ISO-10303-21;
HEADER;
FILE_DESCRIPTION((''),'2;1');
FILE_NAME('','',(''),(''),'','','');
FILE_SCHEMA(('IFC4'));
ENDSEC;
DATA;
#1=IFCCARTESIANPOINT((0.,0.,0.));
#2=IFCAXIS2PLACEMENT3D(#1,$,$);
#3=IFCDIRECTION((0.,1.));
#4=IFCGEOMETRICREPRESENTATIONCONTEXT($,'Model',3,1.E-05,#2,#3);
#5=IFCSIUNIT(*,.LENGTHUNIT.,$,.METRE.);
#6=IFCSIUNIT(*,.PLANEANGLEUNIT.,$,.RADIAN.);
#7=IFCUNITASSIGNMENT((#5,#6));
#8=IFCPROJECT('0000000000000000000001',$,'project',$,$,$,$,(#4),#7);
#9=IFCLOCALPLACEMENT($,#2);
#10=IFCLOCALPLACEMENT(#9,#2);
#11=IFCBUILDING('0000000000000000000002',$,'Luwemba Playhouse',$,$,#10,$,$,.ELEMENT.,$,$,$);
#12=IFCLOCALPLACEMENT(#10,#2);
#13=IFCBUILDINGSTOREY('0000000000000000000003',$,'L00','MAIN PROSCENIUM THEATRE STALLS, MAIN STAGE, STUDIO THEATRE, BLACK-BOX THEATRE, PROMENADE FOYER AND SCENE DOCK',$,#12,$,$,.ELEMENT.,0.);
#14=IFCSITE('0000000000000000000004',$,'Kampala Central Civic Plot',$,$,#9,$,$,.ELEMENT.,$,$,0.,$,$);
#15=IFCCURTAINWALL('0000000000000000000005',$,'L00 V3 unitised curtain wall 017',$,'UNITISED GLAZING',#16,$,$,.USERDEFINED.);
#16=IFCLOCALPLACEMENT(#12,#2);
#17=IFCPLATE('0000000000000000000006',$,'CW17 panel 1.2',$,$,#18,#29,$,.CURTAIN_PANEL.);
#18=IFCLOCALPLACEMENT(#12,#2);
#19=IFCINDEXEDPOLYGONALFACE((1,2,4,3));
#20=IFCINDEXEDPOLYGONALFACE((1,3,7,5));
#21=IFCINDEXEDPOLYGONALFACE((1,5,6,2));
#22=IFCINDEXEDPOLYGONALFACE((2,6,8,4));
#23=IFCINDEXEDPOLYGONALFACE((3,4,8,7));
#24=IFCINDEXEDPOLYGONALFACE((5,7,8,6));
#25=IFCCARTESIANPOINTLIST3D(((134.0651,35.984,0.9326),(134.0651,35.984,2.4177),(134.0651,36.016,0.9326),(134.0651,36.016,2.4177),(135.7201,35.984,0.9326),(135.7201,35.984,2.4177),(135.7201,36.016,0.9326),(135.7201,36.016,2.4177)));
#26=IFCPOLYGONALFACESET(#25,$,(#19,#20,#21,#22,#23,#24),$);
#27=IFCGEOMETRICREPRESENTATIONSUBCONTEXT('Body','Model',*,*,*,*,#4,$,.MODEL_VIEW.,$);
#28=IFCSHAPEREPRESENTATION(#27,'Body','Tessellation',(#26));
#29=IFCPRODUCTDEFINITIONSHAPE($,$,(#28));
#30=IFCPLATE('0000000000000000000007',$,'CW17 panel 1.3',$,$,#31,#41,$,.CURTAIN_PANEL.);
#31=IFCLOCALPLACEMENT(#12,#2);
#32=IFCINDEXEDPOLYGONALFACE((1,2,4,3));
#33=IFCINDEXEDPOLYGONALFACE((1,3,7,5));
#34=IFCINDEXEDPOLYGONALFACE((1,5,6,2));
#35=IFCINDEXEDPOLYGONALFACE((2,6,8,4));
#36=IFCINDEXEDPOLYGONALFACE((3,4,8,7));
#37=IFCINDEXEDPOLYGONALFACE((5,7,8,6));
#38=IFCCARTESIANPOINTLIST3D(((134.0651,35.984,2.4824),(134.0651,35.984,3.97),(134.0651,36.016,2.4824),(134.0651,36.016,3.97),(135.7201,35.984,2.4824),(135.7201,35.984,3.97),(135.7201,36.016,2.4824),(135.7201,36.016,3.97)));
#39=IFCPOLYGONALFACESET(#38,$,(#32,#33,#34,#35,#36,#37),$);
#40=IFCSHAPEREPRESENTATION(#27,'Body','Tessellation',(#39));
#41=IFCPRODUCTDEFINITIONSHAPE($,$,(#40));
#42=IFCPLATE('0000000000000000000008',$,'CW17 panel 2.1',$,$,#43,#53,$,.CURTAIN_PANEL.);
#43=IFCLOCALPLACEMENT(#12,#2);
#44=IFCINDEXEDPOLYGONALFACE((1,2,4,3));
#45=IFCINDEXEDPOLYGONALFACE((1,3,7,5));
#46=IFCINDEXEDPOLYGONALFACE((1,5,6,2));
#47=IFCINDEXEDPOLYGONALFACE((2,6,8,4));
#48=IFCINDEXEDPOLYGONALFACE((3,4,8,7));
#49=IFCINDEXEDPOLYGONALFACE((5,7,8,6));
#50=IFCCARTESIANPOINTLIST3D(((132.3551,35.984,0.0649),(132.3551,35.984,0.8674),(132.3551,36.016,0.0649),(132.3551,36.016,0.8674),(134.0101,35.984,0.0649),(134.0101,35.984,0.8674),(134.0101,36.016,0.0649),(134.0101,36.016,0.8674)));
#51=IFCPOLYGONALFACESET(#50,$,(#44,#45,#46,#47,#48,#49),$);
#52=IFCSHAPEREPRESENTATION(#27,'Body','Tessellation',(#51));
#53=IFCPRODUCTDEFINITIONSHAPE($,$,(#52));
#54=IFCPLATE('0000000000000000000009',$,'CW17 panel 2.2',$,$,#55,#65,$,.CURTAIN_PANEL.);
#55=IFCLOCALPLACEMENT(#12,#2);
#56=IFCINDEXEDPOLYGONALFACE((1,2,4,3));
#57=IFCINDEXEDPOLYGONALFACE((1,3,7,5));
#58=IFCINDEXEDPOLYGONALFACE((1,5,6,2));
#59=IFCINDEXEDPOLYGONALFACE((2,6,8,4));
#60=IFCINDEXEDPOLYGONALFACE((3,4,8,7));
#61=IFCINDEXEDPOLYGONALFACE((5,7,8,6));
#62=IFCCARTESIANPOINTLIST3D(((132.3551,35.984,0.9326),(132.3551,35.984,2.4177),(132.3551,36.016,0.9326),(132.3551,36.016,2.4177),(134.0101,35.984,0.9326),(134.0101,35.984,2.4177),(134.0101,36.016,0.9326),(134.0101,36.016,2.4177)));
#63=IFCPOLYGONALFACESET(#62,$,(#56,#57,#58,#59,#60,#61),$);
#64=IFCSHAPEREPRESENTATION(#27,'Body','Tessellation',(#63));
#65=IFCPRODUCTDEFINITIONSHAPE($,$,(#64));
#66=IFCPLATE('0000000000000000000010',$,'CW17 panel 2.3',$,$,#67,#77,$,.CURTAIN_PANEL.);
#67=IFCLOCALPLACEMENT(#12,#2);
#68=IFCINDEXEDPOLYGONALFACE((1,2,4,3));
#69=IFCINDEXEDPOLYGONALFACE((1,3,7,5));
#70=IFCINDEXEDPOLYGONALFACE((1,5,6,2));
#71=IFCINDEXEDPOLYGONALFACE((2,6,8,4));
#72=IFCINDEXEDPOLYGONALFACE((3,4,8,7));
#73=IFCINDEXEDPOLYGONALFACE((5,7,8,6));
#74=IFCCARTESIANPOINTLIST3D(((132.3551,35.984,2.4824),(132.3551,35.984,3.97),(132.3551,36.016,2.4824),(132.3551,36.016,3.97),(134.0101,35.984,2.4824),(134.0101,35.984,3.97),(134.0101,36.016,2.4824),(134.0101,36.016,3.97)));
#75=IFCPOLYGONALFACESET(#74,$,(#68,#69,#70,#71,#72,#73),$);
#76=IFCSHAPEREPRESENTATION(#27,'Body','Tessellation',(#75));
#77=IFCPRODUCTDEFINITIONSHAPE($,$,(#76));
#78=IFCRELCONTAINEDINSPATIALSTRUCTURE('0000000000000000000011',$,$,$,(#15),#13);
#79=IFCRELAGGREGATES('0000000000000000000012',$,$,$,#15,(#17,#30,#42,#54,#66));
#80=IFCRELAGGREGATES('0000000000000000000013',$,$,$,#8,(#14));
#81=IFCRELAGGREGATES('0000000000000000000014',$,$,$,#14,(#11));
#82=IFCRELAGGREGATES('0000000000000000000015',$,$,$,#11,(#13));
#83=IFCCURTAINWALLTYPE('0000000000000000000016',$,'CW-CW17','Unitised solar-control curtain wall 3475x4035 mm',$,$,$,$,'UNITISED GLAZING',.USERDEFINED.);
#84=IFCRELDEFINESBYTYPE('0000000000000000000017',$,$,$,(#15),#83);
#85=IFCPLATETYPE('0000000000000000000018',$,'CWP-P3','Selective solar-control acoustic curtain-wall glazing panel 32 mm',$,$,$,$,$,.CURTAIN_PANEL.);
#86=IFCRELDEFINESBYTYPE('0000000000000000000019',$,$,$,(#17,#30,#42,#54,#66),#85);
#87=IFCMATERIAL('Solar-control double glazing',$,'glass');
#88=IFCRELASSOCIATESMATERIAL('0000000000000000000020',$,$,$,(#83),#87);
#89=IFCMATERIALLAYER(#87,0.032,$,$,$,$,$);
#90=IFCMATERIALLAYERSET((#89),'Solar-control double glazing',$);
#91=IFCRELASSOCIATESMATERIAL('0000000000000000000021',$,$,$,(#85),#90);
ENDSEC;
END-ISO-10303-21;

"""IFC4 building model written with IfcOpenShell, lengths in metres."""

from ifc_helpers import new_model, si_unit, direction, frame, origin, origin_2d, place, context, subcontext, project, spatial, rectangle, extrude, material, layer, layer_set, type_object, element, aggregate, save


model = new_model("IFC4")

# Units and contexts
model_context = context("Model", 3, precision=1e-05, world=origin(), true_north=direction((0.0, 1.0)))
body_context = subcontext(model_context, "Body", "Model", "MODEL_VIEW")
ifc_project = project(units=[si_unit("LENGTHUNIT", "METRE"), si_unit("PLANEANGLEUNIT", "RADIAN")], contexts=[model_context])

# Site, building, storey
site_placement = place(None, origin())
site = spatial("IfcSite", under=ifc_project, at=site_placement, Name="Kampala Central Civic Plot", CompositionType="ELEMENT", RefElevation=0.0)
building_placement = place(site_placement, origin())
building = spatial("IfcBuilding", under=site, at=building_placement, Name="Luwemba Playhouse", CompositionType="ELEMENT")
storey_placement = place(building_placement, origin())
storey = spatial("IfcBuildingStorey", under=building, at=storey_placement, Name="L00", Description="MAIN PROSCENIUM THEATRE STALLS, MAIN STAGE, STUDIO THEATRE, BLACK-BOX THEATRE, PROMENADE FOYER AND SCENE DOCK", CompositionType="ELEMENT", Elevation=0.0)

# Shared definitions
ifc_material_1 = material(Name="Solar-control double glazing", Category="glass")

# Curtain wall
curtain_wall_type_1 = type_object("IfcCurtainWallType", Name="CW-CW17", Description="Unitised solar-control curtain wall 3475x4035 mm", ElementType="UNITISED GLAZING", PredefinedType="USERDEFINED", material=ifc_material_1)
curtain_wall_1_placement = place(storey_placement, origin())
curtain_wall_1 = element("IfcCurtainWall", 1, at=curtain_wall_1_placement, inside=storey, type_object=curtain_wall_type_1, Name="L00 V3 unitised curtain wall 017", ObjectType="UNITISED GLAZING", PredefinedType="USERDEFINED")

# Plates
ifc_layer_1 = layer(ifc_material_1, 0.032)
ifc_layer_set_1 = layer_set([ifc_layer_1], Name="Solar-control double glazing")
plate_type_1 = type_object("IfcPlateType", Name="CWP-P3", Description="Selective solar-control acoustic curtain-wall glazing panel 32 mm", PredefinedType="CURTAIN_PANEL", material=ifc_layer_set_1)
plate_1_placement = place(storey_placement, frame((134.8926, 36.0, 0.9326), z_axis=(0.0, 0.0, 1.0), x_axis=(-1.0, 0.0, 0.0)))
plate_1 = element("IfcPlate", 2, at=plate_1_placement, type_object=plate_type_1, Name="CW17 panel 1.2", PredefinedType="CURTAIN_PANEL", context=body_context, shape_type="SweptSolid", body=[
    extrude(rectangle(XDim=1.655, YDim=0.032, at=origin_2d()), origin(), (0.0, 0.0, 1.0), 1.4851),
])
plate_2_placement = place(storey_placement, frame((134.8926, 36.0, 2.4824), z_axis=(0.0, 0.0, 1.0), x_axis=(-1.0, 0.0, 0.0)))
plate_2 = element("IfcPlate", 3, at=plate_2_placement, type_object=plate_type_1, Name="CW17 panel 1.3", PredefinedType="CURTAIN_PANEL", context=body_context, shape_type="SweptSolid", body=[
    extrude(rectangle(XDim=1.655, YDim=0.032, at=origin_2d()), origin(), (0.0, 0.0, 1.0), 1.4875),
])
plate_3_placement = place(storey_placement, frame((133.1826, 36.0, 0.0649), z_axis=(0.0, 0.0, 1.0), x_axis=(-1.0, 0.0, 0.0)))
plate_3 = element("IfcPlate", 4, at=plate_3_placement, type_object=plate_type_1, Name="CW17 panel 2.1", PredefinedType="CURTAIN_PANEL", context=body_context, shape_type="SweptSolid", body=[
    extrude(rectangle(XDim=1.655, YDim=0.032, at=origin_2d()), origin(), (0.0, 0.0, 1.0), 0.8025),
])
plate_4_placement = place(storey_placement, frame((133.1826, 36.0, 0.9326), z_axis=(0.0, 0.0, 1.0), x_axis=(-1.0, 0.0, 0.0)))
plate_4 = element("IfcPlate", 5, at=plate_4_placement, type_object=plate_type_1, Name="CW17 panel 2.2", PredefinedType="CURTAIN_PANEL", context=body_context, shape_type="SweptSolid", body=[
    extrude(rectangle(XDim=1.655, YDim=0.032, at=origin_2d()), origin(), (0.0, 0.0, 1.0), 1.4851),
])
plate_5_placement = place(storey_placement, frame((133.1826, 36.0, 2.4824), z_axis=(0.0, 0.0, 1.0), x_axis=(-1.0, 0.0, 0.0)))
plate_5 = element("IfcPlate", 6, at=plate_5_placement, type_object=plate_type_1, Name="CW17 panel 2.3", PredefinedType="CURTAIN_PANEL", context=body_context, shape_type="SweptSolid", body=[
    extrude(rectangle(XDim=1.655, YDim=0.032, at=origin_2d()), origin(), (0.0, 0.0, 1.0), 1.4875),
])
aggregate(curtain_wall_1, [plate_1, plate_2, plate_3, plate_4, plate_5])

save(model, "model.ifc")
